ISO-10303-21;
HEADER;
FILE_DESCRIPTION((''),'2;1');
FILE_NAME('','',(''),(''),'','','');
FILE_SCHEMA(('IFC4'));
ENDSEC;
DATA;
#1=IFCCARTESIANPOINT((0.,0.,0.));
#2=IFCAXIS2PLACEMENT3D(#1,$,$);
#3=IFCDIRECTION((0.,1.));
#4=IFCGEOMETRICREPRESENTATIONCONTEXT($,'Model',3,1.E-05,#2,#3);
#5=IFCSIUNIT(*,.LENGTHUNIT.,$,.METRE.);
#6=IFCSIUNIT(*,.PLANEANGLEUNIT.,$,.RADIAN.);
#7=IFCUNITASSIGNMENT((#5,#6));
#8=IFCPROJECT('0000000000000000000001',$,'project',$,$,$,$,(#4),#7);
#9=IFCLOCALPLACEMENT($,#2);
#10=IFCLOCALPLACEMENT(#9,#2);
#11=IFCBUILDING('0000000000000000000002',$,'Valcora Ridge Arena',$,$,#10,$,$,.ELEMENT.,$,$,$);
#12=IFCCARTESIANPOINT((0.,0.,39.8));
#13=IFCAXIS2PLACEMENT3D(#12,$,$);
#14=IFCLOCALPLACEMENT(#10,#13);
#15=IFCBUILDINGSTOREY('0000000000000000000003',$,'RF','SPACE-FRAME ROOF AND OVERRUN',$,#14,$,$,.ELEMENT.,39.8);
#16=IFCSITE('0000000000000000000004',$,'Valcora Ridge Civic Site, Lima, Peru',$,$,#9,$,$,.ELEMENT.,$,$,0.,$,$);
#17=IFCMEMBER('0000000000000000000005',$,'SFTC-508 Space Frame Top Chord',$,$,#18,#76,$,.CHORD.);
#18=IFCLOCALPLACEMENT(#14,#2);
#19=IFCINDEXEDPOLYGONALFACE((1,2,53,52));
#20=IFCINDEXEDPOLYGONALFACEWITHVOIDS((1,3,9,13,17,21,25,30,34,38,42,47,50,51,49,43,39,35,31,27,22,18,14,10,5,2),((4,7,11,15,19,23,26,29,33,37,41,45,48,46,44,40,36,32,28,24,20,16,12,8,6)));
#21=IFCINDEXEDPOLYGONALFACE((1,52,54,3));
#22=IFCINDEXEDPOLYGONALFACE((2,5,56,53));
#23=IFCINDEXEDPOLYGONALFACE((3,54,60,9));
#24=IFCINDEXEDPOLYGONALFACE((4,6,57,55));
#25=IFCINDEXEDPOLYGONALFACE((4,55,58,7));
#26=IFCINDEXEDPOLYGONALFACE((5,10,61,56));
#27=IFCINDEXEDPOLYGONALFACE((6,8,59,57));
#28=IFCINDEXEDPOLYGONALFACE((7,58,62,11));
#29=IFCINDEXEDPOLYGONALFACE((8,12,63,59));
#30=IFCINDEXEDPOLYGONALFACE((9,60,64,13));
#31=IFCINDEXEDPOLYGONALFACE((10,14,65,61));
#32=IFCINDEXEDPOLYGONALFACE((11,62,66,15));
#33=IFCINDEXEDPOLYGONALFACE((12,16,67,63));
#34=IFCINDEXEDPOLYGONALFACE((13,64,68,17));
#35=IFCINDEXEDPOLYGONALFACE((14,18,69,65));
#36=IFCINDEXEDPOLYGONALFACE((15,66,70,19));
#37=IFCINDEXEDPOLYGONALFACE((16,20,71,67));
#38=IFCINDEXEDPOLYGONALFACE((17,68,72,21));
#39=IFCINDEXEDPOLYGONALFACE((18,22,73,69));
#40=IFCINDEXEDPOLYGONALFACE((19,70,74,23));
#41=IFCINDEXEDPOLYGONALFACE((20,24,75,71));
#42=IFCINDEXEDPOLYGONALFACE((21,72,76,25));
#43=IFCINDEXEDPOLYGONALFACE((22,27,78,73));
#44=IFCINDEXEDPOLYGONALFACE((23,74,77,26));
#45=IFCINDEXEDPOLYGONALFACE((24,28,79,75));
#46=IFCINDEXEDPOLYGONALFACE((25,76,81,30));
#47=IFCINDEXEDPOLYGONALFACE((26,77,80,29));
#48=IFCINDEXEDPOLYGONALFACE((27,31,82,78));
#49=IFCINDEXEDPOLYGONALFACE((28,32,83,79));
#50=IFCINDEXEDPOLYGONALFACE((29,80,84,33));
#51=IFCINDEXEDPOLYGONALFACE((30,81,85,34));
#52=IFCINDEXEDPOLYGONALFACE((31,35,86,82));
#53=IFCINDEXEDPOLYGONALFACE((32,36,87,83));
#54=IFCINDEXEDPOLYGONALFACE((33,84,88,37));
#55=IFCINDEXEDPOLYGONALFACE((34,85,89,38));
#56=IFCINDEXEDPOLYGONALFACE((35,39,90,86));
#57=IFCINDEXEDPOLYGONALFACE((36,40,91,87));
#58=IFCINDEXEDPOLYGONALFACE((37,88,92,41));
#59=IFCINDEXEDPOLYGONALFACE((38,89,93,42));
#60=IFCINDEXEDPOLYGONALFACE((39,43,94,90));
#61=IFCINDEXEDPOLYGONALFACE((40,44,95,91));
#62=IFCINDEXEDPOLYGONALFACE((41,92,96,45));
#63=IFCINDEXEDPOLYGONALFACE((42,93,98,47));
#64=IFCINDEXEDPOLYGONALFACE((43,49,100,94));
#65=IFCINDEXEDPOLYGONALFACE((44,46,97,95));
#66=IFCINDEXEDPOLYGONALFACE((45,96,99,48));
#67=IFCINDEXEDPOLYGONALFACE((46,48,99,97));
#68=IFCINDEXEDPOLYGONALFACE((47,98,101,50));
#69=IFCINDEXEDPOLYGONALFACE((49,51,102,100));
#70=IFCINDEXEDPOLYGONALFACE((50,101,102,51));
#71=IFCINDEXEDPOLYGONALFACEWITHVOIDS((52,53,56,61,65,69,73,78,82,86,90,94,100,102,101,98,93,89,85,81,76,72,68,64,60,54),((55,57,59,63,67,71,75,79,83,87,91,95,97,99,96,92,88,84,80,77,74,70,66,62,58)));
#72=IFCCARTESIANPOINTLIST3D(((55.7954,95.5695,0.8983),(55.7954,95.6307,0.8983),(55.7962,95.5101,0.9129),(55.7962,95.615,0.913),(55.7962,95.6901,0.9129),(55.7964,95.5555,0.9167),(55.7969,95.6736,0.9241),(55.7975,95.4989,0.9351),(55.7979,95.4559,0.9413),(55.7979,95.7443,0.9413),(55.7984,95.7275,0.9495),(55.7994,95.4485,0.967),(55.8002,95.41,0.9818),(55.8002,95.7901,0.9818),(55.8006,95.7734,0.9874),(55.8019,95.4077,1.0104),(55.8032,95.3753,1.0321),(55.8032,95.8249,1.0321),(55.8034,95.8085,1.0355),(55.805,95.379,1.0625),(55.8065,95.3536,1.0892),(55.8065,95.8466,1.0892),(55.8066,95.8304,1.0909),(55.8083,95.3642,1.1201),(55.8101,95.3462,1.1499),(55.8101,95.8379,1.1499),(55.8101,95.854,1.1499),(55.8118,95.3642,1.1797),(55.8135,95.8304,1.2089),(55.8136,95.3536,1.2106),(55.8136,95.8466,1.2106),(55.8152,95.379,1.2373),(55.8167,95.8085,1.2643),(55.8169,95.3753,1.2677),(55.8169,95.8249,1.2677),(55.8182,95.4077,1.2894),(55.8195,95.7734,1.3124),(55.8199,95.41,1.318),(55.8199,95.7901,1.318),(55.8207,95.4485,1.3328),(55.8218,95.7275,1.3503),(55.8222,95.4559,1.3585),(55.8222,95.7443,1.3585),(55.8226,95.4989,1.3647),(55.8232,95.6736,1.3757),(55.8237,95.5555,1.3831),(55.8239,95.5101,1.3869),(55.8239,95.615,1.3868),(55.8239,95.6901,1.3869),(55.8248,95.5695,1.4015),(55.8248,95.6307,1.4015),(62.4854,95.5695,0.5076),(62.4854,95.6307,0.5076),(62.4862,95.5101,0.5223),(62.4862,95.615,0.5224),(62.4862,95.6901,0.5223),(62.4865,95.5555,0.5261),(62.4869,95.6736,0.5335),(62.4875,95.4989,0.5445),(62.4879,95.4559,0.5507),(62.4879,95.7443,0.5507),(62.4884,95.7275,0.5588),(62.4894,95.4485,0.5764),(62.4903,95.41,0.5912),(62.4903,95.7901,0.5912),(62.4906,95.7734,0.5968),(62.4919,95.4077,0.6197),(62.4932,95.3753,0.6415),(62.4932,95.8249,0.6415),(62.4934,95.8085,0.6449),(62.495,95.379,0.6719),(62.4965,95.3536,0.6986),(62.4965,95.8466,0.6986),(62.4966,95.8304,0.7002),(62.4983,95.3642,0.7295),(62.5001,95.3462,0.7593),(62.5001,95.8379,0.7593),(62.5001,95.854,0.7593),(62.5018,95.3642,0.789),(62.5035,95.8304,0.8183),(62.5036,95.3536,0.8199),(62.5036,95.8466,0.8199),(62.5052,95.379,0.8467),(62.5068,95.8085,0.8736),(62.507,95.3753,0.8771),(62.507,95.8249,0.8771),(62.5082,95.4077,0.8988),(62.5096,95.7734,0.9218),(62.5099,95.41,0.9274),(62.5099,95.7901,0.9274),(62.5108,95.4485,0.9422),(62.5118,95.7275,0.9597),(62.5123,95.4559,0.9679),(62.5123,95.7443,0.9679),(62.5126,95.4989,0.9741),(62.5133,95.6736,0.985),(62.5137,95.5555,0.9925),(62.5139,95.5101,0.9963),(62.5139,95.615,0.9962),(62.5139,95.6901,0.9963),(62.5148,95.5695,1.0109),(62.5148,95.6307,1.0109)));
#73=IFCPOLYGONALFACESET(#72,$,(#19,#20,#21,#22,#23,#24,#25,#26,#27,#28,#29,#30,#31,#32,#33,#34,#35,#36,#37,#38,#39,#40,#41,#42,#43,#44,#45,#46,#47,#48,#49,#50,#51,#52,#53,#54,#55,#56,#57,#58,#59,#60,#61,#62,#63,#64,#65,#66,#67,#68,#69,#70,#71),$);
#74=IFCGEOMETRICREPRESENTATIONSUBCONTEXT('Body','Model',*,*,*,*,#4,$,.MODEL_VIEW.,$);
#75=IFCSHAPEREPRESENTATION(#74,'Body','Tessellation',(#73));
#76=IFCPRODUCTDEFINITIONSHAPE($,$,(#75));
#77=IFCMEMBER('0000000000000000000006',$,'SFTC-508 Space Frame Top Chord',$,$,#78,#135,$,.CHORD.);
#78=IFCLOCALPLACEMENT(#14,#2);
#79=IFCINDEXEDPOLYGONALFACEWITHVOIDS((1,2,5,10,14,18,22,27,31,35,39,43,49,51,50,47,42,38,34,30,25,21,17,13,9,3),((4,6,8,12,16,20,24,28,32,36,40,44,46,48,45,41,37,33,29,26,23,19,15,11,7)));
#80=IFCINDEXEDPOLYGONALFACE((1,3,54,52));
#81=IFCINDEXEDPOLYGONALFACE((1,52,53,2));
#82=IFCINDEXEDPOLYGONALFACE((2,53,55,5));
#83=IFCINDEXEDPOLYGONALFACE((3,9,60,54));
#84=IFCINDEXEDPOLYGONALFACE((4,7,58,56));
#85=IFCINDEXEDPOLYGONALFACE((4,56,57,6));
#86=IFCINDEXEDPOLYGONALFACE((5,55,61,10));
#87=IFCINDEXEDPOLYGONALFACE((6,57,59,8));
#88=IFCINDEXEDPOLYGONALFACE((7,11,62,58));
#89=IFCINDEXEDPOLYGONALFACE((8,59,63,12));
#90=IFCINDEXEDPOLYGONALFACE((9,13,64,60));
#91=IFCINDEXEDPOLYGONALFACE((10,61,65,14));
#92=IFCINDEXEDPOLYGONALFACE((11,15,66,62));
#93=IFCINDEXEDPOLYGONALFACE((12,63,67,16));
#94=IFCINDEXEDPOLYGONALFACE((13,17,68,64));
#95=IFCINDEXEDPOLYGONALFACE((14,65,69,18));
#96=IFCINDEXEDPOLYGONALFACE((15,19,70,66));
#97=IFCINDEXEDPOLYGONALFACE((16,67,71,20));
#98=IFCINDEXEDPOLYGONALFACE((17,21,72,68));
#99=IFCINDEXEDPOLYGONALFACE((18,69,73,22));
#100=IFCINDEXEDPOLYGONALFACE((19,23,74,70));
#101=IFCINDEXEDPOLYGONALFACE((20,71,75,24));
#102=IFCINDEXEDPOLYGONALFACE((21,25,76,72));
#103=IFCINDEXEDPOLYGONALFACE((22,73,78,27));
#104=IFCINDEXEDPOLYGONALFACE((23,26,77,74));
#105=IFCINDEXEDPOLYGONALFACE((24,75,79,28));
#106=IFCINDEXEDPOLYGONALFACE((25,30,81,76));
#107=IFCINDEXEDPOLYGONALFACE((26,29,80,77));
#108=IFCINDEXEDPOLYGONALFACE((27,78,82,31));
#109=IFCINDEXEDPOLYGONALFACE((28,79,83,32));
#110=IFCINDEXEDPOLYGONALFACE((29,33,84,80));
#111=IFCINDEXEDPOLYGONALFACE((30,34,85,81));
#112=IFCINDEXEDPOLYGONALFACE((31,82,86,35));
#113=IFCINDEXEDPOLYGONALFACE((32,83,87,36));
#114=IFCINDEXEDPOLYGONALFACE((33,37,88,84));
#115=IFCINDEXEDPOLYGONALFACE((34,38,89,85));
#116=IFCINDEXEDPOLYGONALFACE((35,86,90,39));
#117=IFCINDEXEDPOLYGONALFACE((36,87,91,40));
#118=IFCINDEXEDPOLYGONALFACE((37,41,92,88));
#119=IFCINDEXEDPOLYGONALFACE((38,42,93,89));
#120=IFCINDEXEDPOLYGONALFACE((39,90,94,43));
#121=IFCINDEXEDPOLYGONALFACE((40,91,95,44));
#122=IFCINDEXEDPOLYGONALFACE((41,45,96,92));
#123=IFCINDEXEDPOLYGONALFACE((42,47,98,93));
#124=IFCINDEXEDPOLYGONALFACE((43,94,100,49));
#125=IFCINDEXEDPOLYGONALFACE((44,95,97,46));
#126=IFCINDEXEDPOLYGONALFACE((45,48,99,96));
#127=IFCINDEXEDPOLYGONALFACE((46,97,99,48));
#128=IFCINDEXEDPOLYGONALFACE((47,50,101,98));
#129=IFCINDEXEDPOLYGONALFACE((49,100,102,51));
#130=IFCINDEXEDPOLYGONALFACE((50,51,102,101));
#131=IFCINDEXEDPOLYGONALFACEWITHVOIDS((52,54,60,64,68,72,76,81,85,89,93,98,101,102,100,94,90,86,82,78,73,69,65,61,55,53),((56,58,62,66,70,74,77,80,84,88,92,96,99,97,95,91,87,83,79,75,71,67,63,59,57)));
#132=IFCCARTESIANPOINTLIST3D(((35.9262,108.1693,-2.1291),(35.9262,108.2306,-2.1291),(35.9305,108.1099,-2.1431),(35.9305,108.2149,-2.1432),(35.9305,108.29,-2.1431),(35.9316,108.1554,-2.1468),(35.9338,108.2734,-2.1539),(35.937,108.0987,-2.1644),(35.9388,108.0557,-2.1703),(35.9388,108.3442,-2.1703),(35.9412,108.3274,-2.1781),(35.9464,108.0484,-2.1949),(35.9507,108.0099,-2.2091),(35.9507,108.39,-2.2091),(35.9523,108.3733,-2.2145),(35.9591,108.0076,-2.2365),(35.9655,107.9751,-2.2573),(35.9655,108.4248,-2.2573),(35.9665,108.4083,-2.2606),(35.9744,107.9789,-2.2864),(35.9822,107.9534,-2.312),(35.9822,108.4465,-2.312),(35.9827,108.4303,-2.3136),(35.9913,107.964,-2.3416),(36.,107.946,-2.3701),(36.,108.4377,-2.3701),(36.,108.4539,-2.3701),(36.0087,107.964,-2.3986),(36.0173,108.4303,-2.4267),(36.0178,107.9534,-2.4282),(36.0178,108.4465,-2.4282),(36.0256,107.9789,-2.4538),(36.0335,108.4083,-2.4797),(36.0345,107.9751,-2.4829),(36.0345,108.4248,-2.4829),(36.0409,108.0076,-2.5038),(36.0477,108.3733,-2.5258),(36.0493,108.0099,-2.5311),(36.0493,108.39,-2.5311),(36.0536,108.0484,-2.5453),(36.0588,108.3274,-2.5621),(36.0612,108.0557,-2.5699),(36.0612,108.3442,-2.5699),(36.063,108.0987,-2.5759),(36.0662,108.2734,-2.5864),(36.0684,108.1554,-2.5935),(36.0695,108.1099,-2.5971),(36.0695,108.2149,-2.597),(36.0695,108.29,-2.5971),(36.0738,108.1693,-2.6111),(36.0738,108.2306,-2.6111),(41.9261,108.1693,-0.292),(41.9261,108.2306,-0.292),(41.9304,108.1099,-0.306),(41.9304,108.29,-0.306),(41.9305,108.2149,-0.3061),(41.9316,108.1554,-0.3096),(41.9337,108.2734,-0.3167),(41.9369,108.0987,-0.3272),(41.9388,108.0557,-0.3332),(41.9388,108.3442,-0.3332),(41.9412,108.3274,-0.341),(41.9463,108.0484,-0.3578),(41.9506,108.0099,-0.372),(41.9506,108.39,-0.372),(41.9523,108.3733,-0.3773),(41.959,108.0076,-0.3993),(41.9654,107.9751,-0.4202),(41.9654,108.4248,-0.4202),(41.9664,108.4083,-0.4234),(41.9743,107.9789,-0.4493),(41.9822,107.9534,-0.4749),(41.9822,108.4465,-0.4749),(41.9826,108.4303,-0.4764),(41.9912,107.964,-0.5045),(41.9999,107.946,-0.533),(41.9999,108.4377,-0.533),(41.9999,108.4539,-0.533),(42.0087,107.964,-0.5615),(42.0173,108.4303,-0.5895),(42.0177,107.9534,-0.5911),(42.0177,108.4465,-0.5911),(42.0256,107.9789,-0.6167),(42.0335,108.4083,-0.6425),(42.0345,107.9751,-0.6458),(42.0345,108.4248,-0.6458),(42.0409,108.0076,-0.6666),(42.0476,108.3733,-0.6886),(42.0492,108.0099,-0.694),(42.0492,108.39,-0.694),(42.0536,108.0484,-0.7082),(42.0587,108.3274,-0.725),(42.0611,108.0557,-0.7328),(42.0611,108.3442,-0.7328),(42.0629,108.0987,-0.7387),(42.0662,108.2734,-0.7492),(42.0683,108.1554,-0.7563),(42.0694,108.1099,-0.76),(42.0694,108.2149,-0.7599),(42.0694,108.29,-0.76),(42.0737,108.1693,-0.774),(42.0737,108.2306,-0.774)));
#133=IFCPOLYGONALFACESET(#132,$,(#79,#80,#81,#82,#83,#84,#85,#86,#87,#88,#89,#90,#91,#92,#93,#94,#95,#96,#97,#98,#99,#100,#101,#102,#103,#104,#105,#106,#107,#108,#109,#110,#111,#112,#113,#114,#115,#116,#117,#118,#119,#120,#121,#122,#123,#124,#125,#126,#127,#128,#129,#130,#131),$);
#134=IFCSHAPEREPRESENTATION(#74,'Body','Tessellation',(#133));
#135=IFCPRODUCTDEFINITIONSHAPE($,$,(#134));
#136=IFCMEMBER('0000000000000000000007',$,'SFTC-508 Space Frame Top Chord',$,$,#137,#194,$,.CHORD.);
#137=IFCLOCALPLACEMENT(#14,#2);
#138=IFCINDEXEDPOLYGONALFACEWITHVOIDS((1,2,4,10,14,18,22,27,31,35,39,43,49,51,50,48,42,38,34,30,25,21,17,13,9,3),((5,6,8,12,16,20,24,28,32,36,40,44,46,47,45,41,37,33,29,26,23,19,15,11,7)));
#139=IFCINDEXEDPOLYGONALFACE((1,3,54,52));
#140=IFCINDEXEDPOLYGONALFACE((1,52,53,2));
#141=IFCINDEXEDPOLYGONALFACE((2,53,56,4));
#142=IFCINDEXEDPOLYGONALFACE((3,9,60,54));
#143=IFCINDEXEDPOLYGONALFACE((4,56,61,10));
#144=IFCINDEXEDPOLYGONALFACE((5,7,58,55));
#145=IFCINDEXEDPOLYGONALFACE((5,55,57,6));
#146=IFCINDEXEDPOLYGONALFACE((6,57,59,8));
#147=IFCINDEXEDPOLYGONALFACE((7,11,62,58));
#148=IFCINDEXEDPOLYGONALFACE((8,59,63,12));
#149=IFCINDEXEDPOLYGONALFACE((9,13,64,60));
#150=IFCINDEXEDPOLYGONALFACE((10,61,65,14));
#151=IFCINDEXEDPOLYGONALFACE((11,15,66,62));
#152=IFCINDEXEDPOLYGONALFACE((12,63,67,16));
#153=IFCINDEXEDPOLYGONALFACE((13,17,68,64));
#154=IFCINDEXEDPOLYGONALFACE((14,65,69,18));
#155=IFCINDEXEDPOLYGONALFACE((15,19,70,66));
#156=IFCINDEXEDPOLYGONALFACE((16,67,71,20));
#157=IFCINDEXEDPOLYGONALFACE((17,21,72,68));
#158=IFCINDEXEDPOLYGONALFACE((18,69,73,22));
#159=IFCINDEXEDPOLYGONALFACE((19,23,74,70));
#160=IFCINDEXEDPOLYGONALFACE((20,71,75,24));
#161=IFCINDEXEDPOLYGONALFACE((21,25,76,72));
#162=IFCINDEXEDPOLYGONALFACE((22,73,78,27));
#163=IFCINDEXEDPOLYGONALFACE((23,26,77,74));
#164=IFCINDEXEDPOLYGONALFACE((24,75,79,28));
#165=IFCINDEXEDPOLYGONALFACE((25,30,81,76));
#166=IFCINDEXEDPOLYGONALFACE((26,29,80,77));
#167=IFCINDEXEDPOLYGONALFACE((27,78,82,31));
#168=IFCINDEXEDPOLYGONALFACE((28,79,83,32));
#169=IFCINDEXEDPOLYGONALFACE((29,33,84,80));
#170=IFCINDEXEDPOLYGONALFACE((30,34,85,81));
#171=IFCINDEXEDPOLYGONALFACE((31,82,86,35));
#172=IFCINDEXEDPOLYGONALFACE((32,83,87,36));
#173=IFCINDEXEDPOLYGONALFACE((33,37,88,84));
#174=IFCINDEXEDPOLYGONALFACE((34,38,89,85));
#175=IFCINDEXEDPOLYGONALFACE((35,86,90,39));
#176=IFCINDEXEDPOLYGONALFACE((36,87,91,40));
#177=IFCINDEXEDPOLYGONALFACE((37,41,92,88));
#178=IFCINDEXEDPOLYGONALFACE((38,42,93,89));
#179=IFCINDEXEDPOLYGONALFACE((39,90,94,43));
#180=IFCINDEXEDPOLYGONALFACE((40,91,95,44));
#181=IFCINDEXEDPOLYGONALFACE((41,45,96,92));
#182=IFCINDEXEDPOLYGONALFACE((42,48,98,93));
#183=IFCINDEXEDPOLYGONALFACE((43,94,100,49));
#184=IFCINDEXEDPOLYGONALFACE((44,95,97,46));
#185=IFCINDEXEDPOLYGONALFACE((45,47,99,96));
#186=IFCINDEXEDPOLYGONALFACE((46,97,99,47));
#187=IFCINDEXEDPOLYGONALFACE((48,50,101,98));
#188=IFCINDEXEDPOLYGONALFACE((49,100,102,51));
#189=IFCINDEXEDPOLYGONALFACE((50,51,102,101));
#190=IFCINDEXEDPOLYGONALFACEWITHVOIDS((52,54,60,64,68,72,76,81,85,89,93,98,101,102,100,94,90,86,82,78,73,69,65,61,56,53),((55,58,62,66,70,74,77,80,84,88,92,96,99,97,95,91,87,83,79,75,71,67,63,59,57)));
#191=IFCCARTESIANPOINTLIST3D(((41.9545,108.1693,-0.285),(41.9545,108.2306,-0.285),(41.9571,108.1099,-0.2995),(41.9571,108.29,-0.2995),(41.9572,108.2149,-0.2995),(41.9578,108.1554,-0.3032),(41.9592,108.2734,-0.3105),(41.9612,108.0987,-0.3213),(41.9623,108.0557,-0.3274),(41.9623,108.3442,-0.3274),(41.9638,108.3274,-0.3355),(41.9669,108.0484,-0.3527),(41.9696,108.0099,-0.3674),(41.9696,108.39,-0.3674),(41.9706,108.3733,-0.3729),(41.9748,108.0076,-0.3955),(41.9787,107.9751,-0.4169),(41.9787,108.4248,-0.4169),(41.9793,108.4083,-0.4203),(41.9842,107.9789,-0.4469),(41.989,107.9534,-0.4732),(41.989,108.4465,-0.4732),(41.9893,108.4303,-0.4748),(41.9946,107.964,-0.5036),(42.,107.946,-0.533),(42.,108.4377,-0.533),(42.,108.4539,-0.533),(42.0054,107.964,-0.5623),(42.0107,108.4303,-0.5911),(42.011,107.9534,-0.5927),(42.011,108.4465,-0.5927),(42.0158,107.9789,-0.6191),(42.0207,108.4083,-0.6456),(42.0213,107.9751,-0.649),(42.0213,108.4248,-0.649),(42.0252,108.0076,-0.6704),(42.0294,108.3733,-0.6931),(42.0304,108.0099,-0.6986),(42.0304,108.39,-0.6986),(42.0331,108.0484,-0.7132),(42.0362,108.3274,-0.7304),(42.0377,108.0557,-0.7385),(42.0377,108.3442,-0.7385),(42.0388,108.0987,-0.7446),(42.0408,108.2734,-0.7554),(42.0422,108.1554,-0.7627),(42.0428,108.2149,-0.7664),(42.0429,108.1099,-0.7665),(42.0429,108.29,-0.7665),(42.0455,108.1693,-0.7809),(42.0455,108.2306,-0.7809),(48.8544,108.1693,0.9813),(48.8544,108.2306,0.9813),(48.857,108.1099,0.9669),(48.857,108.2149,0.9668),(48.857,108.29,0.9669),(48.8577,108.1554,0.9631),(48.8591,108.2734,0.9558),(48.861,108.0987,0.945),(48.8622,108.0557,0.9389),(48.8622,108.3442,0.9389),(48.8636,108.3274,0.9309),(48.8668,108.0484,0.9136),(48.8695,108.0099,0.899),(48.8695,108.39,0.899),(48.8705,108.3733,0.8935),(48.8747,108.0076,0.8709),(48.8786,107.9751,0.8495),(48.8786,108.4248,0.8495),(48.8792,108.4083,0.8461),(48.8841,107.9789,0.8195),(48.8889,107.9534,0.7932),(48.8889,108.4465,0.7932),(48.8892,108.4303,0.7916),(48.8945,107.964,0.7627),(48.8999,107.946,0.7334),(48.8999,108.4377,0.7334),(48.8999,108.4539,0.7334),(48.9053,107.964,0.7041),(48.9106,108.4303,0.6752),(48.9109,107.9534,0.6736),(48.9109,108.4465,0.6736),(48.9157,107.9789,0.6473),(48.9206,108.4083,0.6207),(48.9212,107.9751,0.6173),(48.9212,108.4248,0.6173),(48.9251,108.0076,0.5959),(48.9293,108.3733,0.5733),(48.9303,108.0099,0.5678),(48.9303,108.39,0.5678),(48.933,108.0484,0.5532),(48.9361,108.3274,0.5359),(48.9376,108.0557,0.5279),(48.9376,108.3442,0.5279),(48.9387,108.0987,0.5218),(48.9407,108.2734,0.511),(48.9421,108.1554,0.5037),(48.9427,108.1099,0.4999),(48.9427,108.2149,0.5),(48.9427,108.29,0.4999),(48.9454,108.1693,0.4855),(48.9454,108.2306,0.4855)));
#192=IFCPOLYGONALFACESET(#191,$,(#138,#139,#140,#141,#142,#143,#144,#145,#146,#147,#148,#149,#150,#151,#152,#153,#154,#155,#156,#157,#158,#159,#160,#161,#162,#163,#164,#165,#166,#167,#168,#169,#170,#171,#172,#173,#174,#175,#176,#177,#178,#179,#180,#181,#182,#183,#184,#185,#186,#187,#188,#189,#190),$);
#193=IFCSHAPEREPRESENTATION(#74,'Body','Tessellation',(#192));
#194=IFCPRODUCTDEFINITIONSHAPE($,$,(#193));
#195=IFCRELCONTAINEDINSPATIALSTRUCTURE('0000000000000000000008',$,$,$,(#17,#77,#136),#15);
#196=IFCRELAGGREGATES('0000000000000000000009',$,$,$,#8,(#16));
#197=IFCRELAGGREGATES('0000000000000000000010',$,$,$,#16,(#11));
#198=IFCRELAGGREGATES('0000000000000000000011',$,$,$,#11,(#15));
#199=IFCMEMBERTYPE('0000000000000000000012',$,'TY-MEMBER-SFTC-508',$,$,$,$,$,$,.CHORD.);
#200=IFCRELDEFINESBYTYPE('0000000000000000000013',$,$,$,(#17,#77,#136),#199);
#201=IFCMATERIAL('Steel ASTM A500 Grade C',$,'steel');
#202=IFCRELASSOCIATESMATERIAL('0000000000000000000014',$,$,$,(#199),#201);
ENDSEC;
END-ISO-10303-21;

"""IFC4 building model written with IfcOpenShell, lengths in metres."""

from ifc_helpers import new_model, si_unit, direction, frame, origin, origin_2d, place, context, subcontext, project, spatial, hollow_circle, extrude, material, material_profile, profile_set, type_object, element, save


model = new_model("IFC4")

# Units and contexts
model_context = context("Model", 3, precision=1e-05, world=origin(), true_north=direction((0.0, 1.0)))
body_context = subcontext(model_context, "Body", "Model", "MODEL_VIEW")
ifc_project = project(units=[si_unit("LENGTHUNIT", "METRE"), si_unit("PLANEANGLEUNIT", "RADIAN")], contexts=[model_context])

# Site, building, storey
site_placement = place(None, origin())
site = spatial("IfcSite", under=ifc_project, at=site_placement, Name="Valcora Ridge Civic Site, Lima, Peru", CompositionType="ELEMENT", RefElevation=0.0)
building_placement = place(site_placement, origin())
building = spatial("IfcBuilding", under=site, at=building_placement, Name="Valcora Ridge Arena", CompositionType="ELEMENT")
storey_placement = place(building_placement, frame((0.0, 0.0, 39.8)))
storey = spatial("IfcBuildingStorey", under=building, at=storey_placement, Name="RF", Description="SPACE-FRAME ROOF AND OVERRUN", CompositionType="ELEMENT", Elevation=39.8)

# Members
ifc_material_1 = material(Name="Steel ASTM A500 Grade C", Category="steel")
ifc_material_profile_1 = material_profile(ifc_material_1, hollow_circle(Radius=0.2539, WallThickness=0.0161, at=origin_2d()), Name="CHS508X16")
ifc_profile_set_1 = profile_set([ifc_material_profile_1], Name="Steel ASTM A500 Grade C")
member_type_1 = type_object("IfcMemberType", Name="TY-MEMBER-SFTC-508", PredefinedType="CHORD", material=ifc_profile_set_1)
member_1_placement = place(storey_placement, frame((55.8101, 95.6001, 1.1499), z_axis=(0.9983, 0.0, -0.058291), x_axis=(0.0, 1.0, 0.0)))
element("IfcMember", 1, at=member_1_placement, inside=storey, type_object=member_type_1, Name="SFTC-508 Space Frame Top Chord", PredefinedType="CHORD", context=body_context, shape_type="SweptSolid", body=[
    extrude(hollow_circle(Radius=0.2539, WallThickness=0.0161, at=origin_2d()), origin(), (0.0, 0.0, 1.0), 6.7014),
])
member_2_placement = place(storey_placement, frame((36.0, 108.2, -2.3701), z_axis=(0.956181, 0.0, 0.292776), x_axis=(0.0, 1.0, 0.0)))
element("IfcMember", 2, at=member_2_placement, inside=storey, type_object=member_type_1, Name="SFTC-508 Space Frame Top Chord", PredefinedType="CHORD", context=body_context, shape_type="SweptSolid", body=[
    extrude(hollow_circle(Radius=0.2539, WallThickness=0.0161, at=origin_2d()), origin(), (0.0, 0.0, 1.0), 6.2749),
])
member_3_placement = place(storey_placement, frame((42.0, 108.2, -0.533), z_axis=(0.983572, 0.0, 0.180518), x_axis=(0.0, 1.0, 0.0)))
element("IfcMember", 3, at=member_3_placement, inside=storey, type_object=member_type_1, Name="SFTC-508 Space Frame Top Chord", PredefinedType="CHORD", context=body_context, shape_type="SweptSolid", body=[
    extrude(hollow_circle(Radius=0.2539, WallThickness=0.0161, at=origin_2d()), origin(), (0.0, 0.0, 1.0), 7.0151),
])

save(model, "model.ifc")
